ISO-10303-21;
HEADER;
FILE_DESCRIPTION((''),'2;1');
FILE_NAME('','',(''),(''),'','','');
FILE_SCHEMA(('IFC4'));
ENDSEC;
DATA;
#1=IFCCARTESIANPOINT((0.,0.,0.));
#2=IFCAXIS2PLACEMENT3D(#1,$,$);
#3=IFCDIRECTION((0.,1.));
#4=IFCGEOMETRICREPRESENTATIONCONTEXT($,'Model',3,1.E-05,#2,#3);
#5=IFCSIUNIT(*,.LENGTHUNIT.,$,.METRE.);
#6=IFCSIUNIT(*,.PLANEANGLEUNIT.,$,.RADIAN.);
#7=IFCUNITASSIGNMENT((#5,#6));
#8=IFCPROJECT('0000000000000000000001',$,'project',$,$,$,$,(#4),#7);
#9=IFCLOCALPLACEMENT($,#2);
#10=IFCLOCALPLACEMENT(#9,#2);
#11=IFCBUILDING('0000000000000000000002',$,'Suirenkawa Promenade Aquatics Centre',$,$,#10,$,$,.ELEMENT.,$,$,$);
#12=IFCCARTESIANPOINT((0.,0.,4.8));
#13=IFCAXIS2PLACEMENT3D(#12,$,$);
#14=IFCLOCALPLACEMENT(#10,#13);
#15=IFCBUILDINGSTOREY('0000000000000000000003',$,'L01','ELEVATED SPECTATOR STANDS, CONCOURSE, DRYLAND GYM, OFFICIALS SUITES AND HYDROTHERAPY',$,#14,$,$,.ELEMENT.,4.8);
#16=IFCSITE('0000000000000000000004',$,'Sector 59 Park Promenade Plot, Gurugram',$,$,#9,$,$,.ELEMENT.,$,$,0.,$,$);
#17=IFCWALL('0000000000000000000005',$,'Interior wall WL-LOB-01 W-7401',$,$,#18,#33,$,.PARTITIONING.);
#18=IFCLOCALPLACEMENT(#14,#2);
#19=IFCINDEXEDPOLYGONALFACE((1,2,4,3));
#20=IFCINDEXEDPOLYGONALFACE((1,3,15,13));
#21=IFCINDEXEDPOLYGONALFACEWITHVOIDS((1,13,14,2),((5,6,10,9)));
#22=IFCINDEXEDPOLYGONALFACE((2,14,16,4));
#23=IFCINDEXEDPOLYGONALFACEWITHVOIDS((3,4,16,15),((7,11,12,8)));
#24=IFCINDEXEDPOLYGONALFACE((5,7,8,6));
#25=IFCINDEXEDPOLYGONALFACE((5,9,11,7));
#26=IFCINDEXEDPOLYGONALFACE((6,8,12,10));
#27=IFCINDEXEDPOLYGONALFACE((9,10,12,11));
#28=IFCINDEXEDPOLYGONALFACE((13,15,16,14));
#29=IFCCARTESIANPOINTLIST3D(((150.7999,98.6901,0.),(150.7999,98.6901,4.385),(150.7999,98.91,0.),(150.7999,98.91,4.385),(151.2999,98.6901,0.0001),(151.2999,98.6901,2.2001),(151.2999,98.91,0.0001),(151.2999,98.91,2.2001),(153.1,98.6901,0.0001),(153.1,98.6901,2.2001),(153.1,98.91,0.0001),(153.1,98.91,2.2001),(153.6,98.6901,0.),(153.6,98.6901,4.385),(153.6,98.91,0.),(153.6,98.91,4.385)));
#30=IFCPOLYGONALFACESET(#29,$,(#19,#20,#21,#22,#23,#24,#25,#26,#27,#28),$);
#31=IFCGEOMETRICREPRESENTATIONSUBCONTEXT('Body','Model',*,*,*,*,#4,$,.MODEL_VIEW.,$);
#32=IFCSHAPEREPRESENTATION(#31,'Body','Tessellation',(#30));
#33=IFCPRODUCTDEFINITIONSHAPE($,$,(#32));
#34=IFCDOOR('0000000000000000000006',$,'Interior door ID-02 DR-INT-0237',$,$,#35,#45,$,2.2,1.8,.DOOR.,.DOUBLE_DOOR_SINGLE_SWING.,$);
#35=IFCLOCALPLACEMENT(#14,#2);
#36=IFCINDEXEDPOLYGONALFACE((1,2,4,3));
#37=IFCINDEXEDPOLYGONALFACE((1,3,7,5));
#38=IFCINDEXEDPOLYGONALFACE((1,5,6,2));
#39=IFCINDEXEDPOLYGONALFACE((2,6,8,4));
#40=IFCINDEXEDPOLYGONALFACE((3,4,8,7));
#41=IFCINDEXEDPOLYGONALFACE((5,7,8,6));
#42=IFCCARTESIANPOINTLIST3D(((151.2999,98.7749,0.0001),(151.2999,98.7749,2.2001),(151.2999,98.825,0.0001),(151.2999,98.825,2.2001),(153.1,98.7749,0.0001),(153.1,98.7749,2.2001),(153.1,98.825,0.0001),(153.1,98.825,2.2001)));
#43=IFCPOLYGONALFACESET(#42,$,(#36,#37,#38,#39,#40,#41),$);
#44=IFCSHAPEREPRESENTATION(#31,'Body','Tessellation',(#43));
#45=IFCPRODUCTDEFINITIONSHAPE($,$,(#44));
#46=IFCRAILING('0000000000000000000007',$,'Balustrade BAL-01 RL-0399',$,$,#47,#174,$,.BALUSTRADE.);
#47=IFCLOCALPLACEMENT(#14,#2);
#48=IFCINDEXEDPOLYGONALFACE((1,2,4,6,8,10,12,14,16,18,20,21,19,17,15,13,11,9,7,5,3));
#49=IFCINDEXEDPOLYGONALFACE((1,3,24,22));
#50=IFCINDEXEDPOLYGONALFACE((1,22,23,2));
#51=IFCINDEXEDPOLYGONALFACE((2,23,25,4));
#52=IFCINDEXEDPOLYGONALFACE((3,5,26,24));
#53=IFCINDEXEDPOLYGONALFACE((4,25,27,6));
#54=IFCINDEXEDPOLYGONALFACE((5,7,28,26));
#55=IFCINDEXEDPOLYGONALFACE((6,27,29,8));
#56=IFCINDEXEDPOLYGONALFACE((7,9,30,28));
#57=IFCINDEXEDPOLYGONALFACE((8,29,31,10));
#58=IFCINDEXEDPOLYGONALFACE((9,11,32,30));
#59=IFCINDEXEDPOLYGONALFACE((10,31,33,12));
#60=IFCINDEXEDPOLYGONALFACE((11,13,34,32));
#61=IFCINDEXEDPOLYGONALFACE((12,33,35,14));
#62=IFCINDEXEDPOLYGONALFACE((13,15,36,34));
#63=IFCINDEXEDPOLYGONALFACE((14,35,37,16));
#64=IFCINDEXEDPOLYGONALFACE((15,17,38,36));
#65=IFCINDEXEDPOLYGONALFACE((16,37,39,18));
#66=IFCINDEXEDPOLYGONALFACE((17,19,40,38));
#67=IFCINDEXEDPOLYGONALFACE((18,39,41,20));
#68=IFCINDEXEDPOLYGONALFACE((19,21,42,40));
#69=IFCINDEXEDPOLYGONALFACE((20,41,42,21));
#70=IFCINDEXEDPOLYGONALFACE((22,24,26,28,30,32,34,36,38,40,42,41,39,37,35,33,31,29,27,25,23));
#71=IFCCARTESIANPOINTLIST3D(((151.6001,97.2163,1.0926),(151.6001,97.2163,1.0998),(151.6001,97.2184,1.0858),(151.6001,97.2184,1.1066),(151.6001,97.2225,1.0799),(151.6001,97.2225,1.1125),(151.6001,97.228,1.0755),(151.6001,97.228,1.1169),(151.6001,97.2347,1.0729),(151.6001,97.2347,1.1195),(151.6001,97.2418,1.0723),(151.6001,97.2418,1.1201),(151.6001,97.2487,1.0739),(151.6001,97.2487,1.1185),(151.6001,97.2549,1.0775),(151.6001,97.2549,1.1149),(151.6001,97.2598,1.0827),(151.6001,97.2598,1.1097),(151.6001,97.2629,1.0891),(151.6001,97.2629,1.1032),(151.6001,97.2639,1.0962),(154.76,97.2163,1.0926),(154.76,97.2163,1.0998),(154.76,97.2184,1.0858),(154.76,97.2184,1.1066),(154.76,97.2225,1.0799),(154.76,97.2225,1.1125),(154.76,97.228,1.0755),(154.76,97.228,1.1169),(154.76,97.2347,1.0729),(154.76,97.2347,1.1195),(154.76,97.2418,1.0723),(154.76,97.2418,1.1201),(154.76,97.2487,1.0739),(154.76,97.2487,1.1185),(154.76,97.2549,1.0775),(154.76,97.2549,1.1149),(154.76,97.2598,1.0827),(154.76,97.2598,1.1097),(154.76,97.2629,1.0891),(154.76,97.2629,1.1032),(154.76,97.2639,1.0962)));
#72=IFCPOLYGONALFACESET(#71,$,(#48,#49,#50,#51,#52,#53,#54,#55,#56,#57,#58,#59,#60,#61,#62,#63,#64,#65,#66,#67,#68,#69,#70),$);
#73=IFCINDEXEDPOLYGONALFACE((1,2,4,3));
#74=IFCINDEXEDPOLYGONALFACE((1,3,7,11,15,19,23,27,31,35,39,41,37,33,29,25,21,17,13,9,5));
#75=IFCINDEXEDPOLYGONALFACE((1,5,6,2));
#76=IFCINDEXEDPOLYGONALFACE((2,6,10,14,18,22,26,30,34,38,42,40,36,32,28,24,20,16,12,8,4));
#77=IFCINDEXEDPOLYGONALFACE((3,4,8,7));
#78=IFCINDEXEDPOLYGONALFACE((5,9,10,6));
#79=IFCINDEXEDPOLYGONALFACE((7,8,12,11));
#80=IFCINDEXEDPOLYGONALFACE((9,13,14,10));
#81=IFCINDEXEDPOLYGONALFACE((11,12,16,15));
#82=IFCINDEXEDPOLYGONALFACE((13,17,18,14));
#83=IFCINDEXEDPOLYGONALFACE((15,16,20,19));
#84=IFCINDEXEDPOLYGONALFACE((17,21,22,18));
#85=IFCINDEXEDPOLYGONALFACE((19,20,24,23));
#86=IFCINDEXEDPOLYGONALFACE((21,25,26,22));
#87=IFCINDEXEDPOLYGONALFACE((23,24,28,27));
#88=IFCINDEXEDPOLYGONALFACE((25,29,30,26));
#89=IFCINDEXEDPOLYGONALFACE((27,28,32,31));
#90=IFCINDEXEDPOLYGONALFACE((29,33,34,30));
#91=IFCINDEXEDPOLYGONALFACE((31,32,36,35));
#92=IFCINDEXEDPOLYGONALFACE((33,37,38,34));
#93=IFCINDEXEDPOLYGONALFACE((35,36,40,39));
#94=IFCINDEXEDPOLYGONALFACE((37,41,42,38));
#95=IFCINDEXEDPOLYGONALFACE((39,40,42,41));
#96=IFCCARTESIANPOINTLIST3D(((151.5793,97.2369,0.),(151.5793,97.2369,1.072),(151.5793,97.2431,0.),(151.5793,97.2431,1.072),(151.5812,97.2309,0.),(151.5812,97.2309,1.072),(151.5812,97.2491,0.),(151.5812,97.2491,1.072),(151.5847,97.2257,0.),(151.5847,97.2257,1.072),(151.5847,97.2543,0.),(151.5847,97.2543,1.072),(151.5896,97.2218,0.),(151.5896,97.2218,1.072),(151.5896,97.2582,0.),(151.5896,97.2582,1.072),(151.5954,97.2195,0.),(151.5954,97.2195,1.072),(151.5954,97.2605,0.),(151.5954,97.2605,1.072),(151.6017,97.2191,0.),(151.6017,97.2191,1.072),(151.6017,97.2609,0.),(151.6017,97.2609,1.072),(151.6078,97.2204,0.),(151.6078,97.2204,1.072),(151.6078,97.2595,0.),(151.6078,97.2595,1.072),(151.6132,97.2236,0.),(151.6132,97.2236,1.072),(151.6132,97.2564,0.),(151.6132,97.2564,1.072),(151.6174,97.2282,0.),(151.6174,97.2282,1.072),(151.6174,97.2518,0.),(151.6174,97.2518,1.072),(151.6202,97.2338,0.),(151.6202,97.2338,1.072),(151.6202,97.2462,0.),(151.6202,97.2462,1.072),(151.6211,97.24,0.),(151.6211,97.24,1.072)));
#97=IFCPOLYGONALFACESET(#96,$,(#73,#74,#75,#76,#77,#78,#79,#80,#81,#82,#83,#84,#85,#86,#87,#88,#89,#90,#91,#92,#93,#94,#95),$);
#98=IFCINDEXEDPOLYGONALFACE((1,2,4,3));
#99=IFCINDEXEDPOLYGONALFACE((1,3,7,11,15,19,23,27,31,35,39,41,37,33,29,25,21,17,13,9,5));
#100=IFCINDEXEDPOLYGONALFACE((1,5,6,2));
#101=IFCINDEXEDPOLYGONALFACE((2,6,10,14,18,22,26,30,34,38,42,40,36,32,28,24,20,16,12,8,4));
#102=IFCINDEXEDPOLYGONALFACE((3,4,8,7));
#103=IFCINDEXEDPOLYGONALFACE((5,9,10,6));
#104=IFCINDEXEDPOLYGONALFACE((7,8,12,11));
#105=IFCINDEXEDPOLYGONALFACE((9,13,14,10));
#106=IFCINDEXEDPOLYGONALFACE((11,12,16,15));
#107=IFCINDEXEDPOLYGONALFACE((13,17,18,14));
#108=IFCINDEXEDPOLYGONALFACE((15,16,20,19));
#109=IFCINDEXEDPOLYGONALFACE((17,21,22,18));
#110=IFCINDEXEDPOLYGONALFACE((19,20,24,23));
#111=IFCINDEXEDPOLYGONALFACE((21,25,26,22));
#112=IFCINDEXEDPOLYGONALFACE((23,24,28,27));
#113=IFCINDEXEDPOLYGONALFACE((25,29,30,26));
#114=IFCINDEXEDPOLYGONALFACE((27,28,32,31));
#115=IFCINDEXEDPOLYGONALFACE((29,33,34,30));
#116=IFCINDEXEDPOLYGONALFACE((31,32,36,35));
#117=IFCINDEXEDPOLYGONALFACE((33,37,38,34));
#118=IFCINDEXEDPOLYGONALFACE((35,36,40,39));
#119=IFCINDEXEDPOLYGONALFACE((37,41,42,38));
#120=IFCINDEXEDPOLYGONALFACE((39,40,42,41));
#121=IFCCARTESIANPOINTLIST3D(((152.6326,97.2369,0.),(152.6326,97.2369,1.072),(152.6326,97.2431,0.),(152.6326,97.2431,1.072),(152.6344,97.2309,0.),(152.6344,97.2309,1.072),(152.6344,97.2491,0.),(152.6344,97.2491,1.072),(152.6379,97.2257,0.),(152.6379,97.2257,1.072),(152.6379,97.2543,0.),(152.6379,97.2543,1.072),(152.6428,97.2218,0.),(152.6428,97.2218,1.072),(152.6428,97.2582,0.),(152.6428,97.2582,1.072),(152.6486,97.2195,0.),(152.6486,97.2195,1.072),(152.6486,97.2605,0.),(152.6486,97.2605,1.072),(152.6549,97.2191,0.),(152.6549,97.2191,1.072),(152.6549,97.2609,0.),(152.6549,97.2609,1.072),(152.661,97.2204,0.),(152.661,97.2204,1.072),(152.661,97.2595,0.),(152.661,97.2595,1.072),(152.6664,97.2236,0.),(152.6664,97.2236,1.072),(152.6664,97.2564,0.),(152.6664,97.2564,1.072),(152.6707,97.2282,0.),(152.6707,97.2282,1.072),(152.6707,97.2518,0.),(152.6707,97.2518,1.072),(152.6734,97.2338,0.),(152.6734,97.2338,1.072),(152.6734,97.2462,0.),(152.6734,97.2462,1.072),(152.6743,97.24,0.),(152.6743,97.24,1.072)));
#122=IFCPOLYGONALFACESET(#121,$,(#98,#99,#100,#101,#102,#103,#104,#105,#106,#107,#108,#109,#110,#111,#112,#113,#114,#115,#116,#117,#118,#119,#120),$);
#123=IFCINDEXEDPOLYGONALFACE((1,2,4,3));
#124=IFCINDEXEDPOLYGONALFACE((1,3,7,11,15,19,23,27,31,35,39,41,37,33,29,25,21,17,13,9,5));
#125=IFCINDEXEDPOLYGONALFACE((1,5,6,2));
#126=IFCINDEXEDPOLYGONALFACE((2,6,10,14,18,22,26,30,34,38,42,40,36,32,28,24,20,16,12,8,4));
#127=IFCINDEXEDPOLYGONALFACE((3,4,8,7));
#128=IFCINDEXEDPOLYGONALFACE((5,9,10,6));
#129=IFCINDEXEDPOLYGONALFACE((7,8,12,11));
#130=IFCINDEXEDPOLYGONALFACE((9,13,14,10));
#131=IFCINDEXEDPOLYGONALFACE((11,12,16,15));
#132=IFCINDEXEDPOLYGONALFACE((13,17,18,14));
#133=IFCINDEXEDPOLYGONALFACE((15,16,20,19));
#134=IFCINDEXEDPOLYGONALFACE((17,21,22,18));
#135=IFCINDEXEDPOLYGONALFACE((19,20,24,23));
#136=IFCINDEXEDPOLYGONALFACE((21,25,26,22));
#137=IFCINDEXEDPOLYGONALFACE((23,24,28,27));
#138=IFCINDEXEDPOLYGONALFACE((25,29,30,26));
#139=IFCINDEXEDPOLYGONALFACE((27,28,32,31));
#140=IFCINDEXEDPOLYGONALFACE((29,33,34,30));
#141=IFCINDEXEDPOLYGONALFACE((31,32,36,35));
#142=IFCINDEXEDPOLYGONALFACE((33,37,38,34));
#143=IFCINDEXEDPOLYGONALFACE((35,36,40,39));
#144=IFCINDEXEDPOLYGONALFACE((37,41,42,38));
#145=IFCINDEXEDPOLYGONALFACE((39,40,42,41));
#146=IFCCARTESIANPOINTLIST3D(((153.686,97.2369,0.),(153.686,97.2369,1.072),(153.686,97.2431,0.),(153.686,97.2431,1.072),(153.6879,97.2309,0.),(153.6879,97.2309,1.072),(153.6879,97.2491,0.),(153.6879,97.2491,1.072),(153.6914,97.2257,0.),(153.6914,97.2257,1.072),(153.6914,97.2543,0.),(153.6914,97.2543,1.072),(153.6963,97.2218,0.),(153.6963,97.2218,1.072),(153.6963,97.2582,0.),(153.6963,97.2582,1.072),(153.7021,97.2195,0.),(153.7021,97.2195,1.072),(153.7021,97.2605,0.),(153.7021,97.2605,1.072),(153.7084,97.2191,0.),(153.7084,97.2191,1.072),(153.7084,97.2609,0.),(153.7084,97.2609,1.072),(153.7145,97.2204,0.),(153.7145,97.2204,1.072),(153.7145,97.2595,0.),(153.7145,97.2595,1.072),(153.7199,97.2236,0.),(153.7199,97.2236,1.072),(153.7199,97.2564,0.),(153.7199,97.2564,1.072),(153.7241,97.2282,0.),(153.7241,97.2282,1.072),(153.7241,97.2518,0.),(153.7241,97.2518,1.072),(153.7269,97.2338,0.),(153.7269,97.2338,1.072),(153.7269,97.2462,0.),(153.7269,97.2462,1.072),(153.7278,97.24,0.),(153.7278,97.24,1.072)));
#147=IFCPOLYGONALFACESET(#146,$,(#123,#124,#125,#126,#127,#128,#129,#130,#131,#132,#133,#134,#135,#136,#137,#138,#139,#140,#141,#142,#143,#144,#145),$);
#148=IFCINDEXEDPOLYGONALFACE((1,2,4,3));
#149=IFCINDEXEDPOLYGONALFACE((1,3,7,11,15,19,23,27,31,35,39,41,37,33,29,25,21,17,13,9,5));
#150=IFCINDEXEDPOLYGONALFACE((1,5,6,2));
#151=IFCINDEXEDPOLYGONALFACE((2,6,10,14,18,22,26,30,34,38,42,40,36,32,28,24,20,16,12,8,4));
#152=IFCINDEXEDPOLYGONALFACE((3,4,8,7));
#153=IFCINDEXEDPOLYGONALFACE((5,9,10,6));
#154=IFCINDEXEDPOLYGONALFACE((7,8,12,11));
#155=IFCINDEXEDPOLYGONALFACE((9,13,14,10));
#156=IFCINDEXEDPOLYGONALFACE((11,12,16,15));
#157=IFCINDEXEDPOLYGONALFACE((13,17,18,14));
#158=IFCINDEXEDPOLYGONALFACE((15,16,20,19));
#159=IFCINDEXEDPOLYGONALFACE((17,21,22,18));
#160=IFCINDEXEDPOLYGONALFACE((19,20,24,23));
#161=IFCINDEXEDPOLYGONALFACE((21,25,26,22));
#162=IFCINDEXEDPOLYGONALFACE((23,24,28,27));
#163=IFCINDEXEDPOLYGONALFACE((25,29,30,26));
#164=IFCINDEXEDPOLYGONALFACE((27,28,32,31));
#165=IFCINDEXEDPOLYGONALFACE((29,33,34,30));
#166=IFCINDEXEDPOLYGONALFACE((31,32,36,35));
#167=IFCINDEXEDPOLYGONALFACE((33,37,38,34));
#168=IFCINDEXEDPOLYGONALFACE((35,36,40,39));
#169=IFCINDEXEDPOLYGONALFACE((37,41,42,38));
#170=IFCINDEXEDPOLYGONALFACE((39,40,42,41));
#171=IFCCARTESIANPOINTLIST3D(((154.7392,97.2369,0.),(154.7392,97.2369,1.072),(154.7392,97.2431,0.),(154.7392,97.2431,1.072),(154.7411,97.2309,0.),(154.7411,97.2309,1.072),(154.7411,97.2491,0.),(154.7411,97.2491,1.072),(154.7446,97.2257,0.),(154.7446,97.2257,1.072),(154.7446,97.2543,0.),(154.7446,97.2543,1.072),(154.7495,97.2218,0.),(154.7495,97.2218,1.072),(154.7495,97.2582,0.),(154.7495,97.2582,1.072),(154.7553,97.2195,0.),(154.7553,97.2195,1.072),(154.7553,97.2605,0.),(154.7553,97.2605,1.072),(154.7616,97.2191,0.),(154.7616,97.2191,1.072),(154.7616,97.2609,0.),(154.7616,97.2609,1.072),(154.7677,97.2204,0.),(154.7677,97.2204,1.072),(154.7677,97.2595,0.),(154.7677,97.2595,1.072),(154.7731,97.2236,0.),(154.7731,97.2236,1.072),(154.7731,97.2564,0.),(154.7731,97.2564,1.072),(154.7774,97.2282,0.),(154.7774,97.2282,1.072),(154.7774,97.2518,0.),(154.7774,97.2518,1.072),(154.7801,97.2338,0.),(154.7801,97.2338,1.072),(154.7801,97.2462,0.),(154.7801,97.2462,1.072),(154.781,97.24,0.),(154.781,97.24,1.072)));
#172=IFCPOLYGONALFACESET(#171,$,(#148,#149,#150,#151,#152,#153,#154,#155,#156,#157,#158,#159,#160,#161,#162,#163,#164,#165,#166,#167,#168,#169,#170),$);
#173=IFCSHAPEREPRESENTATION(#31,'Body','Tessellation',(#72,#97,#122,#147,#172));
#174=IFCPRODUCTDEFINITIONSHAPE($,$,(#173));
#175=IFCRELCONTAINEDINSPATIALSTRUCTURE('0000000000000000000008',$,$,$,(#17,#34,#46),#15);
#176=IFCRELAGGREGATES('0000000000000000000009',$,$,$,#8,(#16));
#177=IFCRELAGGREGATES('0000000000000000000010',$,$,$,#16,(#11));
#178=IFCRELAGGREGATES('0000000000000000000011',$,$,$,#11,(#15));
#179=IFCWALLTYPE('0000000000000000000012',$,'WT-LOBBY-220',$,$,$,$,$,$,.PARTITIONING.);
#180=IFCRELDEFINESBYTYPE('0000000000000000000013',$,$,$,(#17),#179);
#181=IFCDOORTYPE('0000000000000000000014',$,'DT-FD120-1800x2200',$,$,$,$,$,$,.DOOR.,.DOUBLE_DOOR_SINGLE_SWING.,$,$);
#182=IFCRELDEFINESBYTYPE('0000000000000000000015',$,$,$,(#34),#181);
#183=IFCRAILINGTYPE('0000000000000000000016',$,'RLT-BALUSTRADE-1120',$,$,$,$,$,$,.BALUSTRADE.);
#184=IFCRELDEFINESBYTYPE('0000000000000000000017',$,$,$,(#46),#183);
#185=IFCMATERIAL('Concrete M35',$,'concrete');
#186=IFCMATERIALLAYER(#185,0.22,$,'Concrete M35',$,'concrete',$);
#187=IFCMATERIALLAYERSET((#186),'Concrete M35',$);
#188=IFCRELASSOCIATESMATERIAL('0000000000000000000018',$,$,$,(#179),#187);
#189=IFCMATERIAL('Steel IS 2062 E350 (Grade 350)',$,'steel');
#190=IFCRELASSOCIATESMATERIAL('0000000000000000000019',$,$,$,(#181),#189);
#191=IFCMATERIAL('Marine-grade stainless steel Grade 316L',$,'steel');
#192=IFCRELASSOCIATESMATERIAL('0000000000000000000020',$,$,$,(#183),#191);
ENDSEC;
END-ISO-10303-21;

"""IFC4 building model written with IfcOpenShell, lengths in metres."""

from ifc_helpers import new_model, si_unit, direction, frame, frame_2d, origin, origin_2d, place, context, subcontext, project, spatial, rectangle, circle, extrude, material, layer, layer_set, type_object, element, fill, save


model = new_model("IFC4")

# Units and contexts
model_context = context("Model", 3, precision=1e-05, world=origin(), true_north=direction((0.0, 1.0)))
body_context = subcontext(model_context, "Body", "Model", "MODEL_VIEW")
ifc_project = project(units=[si_unit("LENGTHUNIT", "METRE"), si_unit("PLANEANGLEUNIT", "RADIAN")], contexts=[model_context])

# Site, building, storey
site_placement = place(None, origin())
site = spatial("IfcSite", under=ifc_project, at=site_placement, Name="Sector 59 Park Promenade Plot, Gurugram", CompositionType="ELEMENT", RefElevation=0.0)
building_placement = place(site_placement, origin())
building = spatial("IfcBuilding", under=site, at=building_placement, Name="Suirenkawa Promenade Aquatics Centre", CompositionType="ELEMENT")
storey_placement = place(building_placement, frame((0.0, 0.0, 4.8)))
storey = spatial("IfcBuildingStorey", under=building, at=storey_placement, Name="L01", Description="ELEVATED SPECTATOR STANDS, CONCOURSE, DRYLAND GYM, OFFICIALS SUITES AND HYDROTHERAPY", CompositionType="ELEMENT", Elevation=4.8)

# Shared definitions
ifc_material_1 = material(Name="Steel IS 2062 E350 (Grade 350)", Category="steel")

# Wall, opening, door
ifc_material_2 = material(Name="Concrete M35", Category="concrete")
ifc_layer_1 = layer(ifc_material_2, 0.22, Name="Concrete M35", Category="concrete")
ifc_layer_set_1 = layer_set([ifc_layer_1], Name="Concrete M35")
wall_type = type_object("IfcWallType", Name="WT-LOBBY-220", PredefinedType="PARTITIONING", material=ifc_layer_set_1)
wall_placement = place(storey_placement, frame((150.8, 98.8, 0.0), z_axis=(0.0, 0.0, 1.0), x_axis=(1.0, 0.0, 0.0)))
wall = element("IfcWall", 1, at=wall_placement, inside=storey, type_object=wall_type, Name="Interior wall WL-LOB-01 W-7401", PredefinedType="PARTITIONING", context=body_context, shape_type="SweptSolid", body=[
    extrude(rectangle(XDim=2.8, YDim=0.22, at=frame_2d((1.3999, 0.0))), origin(), (0.0, 0.0, 1.0), 4.385),
])
opening_placement = place(wall_placement, frame((0.5, 0.0, 0.0)))
opening = element("IfcOpeningElement", 2, at=opening_placement, cuts=wall, PredefinedType="OPENING", context=body_context, shape_type="SweptSolid", body=[
    extrude(rectangle(XDim=1.8, YDim=2.2, at=frame_2d((0.8999, 1.1001))), frame((0.0, 0.1199, 0.0), z_axis=(0.0, -1.0, 0.0), x_axis=(1.0, 0.0, 0.0)), (0.0, 0.0, 1.0), 0.24),
])
door_type = type_object("IfcDoorType", Name="DT-FD120-1800x2200", OperationType="DOUBLE_DOOR_SINGLE_SWING", PredefinedType="DOOR", material=ifc_material_1)
door_placement = place(opening_placement, origin())
door = element("IfcDoor", 3, at=door_placement, inside=storey, type_object=door_type, Name="Interior door ID-02 DR-INT-0237", OperationType="DOUBLE_DOOR_SINGLE_SWING", OverallHeight=2.2, OverallWidth=1.8, PredefinedType="DOOR", context=body_context, shape_type="SweptSolid", body=[
    extrude(rectangle(XDim=1.8, YDim=2.2, at=frame_2d((0.8999, 1.1001))), frame((0.0, 0.0249, 0.0), z_axis=(0.0, -1.0, 0.0), x_axis=(1.0, 0.0, 0.0)), (0.0, 0.0, 1.0), 0.05),
])
fill(opening, door)

# Railing
ifc_material_3 = material(Name="Marine-grade stainless steel Grade 316L", Category="steel")
railing_type = type_object("IfcRailingType", Name="RLT-BALUSTRADE-1120", PredefinedType="BALUSTRADE", material=ifc_material_3)
railing_placement = place(storey_placement, frame((151.6001, 97.24, 0.0)))
element("IfcRailing", 4, at=railing_placement, inside=storey, type_object=railing_type, Name="Balustrade BAL-01 RL-0399", PredefinedType="BALUSTRADE", context=body_context, shape_type="SweptSolid", body=[
    extrude(circle(Radius=0.0239, at=origin_2d()), frame((0.0, 0.0, 1.0962), z_axis=(1.0, 0.0, 0.0), x_axis=(0.0, 1.0, 0.0)), (0.0, 0.0, 1.0), 3.1599),
    extrude(circle(Radius=0.021, at=origin_2d()), origin(), (0.0, 0.0, 1.0), 1.072),
    extrude(circle(Radius=0.021, at=origin_2d()), frame((1.0532, 0.0, 0.0)), (0.0, 0.0, 1.0), 1.072),
    extrude(circle(Radius=0.021, at=origin_2d()), frame((2.1067, 0.0, 0.0)), (0.0, 0.0, 1.0), 1.072),
    extrude(circle(Radius=0.021, at=origin_2d()), frame((3.1599, 0.0, 0.0)), (0.0, 0.0, 1.0), 1.072),
])

save(model, "model.ifc")
